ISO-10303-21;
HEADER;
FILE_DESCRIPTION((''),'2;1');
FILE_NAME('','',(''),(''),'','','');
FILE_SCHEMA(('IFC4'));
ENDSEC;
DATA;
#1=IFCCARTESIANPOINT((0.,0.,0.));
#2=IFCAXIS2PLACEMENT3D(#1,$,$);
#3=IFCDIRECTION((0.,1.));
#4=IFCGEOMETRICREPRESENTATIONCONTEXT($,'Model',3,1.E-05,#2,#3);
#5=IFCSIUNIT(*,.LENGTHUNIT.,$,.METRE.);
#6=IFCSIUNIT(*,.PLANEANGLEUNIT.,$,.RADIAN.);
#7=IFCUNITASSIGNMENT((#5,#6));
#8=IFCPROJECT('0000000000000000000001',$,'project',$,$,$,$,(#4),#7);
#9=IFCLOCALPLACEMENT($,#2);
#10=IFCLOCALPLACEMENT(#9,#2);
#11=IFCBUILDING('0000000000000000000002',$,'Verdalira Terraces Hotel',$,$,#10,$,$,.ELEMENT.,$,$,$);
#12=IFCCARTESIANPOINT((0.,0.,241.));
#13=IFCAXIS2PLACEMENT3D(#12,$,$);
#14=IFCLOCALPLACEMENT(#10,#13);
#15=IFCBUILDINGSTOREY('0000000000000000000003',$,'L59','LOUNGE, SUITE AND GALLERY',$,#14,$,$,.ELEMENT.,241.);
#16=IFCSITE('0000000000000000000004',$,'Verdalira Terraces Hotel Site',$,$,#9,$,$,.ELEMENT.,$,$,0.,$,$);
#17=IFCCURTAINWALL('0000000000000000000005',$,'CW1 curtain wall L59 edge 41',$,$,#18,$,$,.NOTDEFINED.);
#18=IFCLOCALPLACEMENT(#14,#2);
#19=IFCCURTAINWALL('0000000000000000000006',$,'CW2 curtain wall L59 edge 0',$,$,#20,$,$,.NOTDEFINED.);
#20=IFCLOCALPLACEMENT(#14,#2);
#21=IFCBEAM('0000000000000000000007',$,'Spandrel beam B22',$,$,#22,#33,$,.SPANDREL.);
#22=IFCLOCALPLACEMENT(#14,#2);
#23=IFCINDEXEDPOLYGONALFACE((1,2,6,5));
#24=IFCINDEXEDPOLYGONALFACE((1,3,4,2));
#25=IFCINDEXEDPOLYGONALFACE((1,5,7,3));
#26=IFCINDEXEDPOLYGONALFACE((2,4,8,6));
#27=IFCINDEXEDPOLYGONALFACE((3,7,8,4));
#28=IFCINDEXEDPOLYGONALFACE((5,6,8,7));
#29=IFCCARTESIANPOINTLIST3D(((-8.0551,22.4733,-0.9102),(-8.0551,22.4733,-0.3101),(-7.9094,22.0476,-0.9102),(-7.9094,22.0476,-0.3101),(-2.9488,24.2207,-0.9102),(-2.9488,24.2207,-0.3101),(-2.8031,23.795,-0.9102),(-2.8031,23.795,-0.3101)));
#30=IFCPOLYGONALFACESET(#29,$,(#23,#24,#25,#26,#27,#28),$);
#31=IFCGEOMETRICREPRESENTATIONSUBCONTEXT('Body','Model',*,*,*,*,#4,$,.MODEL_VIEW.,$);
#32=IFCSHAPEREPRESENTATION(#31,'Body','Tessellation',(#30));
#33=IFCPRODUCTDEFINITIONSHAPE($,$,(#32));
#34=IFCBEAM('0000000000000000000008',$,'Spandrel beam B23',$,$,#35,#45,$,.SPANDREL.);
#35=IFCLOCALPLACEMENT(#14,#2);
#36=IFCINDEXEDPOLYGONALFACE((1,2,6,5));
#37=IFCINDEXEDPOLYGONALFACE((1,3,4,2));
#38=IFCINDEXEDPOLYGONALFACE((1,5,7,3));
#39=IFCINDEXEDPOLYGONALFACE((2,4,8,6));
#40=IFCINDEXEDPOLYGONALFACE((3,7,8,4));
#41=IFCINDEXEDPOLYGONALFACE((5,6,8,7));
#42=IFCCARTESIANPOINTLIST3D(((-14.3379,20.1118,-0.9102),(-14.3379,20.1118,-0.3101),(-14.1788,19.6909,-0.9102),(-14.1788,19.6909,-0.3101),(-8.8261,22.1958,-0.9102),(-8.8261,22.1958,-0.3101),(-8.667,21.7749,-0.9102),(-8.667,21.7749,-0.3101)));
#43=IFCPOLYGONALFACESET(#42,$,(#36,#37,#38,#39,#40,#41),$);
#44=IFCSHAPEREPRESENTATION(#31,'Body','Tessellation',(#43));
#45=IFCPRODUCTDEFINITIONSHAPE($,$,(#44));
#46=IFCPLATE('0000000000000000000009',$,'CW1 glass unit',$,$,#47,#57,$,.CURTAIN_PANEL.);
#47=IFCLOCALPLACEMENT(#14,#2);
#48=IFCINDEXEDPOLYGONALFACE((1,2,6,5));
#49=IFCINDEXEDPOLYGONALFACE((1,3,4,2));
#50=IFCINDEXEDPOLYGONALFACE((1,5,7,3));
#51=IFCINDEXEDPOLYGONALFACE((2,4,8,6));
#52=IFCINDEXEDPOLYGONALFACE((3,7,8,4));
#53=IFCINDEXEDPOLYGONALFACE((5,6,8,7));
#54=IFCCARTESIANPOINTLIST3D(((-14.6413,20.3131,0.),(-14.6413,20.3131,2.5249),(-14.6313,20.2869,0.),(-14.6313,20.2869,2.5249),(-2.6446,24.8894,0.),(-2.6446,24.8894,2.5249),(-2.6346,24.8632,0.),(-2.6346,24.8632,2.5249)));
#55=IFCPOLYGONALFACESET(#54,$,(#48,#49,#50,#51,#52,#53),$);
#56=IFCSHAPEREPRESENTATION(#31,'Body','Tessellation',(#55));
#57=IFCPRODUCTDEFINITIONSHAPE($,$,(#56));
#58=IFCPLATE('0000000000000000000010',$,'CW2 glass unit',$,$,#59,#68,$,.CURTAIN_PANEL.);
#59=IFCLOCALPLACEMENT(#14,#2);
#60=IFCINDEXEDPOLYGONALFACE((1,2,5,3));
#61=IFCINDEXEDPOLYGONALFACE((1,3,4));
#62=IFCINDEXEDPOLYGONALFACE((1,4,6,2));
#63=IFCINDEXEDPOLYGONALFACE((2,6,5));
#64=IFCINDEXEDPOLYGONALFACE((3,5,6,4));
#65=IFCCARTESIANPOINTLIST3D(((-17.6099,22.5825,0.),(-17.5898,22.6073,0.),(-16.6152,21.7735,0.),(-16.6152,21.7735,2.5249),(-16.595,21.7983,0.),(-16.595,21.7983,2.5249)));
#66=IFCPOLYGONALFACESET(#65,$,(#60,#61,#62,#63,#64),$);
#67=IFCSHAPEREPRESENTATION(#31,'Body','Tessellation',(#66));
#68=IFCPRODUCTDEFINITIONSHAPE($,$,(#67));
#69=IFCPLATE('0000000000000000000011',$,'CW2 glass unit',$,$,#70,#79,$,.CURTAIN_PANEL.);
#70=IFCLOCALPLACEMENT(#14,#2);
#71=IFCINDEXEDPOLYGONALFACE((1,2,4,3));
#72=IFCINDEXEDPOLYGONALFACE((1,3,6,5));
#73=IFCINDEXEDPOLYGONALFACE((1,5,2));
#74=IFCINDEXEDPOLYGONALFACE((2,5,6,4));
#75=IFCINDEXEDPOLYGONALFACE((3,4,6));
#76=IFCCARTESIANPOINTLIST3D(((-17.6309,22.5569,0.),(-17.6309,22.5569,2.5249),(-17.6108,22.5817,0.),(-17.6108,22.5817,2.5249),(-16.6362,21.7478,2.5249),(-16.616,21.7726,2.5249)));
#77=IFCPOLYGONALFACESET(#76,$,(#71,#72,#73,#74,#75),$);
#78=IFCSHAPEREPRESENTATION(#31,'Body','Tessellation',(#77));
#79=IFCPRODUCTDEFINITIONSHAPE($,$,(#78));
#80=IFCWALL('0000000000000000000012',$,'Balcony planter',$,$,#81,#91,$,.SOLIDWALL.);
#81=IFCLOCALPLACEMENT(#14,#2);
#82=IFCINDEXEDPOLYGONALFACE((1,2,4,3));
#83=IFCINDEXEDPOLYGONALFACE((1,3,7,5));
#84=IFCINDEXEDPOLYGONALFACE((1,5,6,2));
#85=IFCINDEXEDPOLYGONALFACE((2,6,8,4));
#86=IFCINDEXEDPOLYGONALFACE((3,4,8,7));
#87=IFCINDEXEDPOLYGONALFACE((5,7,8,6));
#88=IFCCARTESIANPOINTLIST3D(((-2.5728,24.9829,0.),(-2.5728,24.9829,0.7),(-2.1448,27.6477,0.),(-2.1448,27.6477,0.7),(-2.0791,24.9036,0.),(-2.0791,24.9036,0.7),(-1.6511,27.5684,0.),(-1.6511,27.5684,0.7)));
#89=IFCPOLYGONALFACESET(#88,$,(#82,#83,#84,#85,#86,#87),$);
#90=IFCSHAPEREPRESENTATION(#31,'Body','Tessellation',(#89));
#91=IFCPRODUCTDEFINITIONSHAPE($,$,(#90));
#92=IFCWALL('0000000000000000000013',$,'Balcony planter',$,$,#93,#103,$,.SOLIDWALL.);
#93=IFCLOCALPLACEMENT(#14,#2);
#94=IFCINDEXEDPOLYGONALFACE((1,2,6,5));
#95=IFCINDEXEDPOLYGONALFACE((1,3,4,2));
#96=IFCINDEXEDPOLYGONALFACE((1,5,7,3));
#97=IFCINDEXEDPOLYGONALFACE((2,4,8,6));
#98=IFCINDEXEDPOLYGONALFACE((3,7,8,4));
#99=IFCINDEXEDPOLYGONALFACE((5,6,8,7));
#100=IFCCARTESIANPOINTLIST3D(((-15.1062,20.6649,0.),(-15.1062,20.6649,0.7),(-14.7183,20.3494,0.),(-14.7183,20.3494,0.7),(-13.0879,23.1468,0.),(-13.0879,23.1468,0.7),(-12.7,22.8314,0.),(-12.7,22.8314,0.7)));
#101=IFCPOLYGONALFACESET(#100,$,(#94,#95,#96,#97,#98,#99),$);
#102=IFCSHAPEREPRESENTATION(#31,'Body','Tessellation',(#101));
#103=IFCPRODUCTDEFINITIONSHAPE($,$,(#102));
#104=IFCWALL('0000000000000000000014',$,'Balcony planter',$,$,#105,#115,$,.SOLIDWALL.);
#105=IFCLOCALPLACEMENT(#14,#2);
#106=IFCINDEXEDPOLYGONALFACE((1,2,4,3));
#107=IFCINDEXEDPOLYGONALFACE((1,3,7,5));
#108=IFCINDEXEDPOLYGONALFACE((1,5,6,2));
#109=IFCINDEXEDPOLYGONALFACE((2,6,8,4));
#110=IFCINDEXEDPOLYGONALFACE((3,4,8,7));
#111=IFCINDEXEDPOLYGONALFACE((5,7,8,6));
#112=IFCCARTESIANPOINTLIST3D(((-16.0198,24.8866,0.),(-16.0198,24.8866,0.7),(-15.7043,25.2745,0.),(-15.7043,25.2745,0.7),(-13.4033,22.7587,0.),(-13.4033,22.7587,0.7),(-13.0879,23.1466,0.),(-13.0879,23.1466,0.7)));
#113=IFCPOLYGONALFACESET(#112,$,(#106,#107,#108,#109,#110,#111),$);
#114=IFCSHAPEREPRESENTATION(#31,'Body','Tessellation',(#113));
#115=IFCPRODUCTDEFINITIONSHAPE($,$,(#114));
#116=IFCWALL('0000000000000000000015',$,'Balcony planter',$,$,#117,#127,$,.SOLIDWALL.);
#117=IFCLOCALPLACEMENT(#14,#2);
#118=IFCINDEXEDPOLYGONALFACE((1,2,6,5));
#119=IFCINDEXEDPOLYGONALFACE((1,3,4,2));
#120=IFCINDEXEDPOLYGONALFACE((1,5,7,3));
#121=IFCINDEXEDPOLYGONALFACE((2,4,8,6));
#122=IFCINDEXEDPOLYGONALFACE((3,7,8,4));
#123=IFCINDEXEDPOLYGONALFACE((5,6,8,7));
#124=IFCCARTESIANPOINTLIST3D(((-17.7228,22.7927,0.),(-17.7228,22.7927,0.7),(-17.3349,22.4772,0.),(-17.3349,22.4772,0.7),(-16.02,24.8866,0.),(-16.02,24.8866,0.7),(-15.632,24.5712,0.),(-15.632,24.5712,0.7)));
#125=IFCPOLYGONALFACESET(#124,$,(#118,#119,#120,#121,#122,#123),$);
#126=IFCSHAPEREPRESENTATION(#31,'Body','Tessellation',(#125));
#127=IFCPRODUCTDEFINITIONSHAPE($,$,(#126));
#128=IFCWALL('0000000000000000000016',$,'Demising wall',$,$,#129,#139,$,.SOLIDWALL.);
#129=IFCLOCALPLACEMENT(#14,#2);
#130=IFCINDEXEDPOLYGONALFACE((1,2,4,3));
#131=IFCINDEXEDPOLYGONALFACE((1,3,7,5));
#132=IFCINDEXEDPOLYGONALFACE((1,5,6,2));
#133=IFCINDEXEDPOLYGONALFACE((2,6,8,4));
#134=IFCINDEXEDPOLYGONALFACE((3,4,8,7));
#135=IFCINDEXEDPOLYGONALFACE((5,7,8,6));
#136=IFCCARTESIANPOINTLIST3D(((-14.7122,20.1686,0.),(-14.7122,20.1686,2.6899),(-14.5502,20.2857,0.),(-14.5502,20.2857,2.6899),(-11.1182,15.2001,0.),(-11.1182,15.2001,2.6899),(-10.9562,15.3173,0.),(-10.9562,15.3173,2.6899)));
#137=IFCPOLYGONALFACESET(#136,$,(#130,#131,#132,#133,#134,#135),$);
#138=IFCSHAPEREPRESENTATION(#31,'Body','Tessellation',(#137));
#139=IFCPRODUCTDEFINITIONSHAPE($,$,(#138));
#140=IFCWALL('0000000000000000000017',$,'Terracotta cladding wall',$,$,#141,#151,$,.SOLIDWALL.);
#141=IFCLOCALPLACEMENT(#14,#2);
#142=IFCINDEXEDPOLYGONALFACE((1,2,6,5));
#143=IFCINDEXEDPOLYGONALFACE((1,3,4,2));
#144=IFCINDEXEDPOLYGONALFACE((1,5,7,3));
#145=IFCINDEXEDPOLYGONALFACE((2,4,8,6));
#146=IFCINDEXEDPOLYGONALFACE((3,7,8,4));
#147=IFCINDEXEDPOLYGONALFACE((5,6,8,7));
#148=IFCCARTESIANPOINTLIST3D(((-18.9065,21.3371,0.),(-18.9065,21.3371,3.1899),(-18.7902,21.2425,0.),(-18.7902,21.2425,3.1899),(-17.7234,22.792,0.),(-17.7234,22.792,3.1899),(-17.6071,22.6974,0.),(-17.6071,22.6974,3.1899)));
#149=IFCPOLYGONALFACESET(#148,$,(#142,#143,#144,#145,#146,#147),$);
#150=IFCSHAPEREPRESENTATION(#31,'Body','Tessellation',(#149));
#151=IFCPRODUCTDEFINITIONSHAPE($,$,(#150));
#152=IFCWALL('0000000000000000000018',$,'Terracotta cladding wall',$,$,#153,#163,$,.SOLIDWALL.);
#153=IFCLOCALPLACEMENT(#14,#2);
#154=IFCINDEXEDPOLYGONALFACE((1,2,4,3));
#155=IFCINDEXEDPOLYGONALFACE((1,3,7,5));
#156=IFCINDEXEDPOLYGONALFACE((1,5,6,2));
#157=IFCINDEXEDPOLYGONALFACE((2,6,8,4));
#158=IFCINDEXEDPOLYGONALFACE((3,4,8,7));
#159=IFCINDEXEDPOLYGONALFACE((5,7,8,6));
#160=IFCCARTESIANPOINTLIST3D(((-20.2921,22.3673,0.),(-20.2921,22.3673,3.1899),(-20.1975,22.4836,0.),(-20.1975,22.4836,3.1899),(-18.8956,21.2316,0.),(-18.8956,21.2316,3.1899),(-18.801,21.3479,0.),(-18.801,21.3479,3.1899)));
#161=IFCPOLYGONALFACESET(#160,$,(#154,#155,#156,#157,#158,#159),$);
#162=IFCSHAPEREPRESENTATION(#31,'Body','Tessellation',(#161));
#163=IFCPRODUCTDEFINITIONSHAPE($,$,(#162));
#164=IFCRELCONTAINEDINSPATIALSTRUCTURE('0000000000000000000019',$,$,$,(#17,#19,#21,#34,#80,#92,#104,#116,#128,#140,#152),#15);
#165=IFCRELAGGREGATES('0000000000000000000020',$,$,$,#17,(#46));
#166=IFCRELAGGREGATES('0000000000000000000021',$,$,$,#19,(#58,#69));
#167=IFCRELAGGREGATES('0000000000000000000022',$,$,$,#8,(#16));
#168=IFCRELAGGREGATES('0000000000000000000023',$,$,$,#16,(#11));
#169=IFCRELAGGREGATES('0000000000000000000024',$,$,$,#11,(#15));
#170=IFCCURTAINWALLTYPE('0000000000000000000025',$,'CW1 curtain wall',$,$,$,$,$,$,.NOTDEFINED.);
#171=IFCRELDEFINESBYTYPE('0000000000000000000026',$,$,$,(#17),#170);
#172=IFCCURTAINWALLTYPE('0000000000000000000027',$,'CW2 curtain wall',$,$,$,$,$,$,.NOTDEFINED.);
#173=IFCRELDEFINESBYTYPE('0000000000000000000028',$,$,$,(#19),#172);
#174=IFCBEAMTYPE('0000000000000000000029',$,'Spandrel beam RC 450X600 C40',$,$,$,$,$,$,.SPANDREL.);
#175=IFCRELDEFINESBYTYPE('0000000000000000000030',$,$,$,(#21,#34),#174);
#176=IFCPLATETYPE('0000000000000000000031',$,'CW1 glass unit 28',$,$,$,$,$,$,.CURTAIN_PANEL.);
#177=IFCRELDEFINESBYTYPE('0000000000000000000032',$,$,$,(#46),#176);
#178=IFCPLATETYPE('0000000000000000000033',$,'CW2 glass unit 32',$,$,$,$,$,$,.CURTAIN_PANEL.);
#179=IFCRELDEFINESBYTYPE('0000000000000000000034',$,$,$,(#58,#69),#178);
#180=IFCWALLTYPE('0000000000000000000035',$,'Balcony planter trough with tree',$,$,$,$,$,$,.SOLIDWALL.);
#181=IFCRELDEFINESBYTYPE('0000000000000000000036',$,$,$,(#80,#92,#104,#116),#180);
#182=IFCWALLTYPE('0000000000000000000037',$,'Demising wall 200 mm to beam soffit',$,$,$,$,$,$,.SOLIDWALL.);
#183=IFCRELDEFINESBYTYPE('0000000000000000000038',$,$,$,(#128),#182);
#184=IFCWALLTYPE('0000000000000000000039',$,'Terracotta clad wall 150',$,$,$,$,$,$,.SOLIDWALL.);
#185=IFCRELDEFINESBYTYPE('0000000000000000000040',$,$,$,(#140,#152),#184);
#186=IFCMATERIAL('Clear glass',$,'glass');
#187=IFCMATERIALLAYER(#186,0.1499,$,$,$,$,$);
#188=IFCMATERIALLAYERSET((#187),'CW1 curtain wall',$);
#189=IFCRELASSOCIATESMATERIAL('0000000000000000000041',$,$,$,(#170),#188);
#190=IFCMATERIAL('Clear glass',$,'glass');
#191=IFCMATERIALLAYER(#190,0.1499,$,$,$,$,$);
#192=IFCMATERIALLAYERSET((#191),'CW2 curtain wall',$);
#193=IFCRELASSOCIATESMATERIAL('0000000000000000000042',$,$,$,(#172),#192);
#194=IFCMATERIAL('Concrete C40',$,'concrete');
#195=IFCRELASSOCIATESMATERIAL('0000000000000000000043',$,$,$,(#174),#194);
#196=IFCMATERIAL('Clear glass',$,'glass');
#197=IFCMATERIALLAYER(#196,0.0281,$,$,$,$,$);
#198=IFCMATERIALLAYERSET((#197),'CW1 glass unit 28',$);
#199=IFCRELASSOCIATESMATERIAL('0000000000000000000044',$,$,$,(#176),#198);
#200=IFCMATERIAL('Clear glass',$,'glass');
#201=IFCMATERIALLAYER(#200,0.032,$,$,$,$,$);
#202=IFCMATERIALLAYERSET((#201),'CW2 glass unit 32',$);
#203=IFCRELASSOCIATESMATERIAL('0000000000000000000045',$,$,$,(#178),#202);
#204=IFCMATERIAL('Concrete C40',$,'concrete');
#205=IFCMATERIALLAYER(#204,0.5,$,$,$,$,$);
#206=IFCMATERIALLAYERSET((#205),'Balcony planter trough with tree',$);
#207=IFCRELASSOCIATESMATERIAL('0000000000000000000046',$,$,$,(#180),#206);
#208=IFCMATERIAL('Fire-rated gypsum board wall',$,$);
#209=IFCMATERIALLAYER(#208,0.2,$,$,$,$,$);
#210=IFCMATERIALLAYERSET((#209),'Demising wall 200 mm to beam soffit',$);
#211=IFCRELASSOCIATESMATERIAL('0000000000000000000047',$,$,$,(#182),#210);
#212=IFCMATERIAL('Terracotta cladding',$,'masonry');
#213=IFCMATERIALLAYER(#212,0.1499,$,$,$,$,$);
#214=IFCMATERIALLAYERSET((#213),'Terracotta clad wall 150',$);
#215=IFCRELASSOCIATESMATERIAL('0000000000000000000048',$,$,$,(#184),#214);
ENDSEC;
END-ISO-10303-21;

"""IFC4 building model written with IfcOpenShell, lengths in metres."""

from ifc_helpers import new_model, si_unit, direction, frame, frame_2d, origin, origin_2d, place, context, subcontext, project, spatial, polyline, rectangle, outline, extrude, material, layer, layer_set, material_profile, profile_set, type_object, element, aggregate, save


model = new_model("IFC4")

# Units and contexts
model_context = context("Model", 3, precision=1e-05, world=origin(), true_north=direction((0.0, 1.0)))
body_context = subcontext(model_context, "Body", "Model", "MODEL_VIEW")
ifc_project = project(units=[si_unit("LENGTHUNIT", "METRE"), si_unit("PLANEANGLEUNIT", "RADIAN")], contexts=[model_context])

# Site, building, storey
site_placement = place(None, origin())
site = spatial("IfcSite", under=ifc_project, at=site_placement, Name="Verdalira Terraces Hotel Site", CompositionType="ELEMENT", RefElevation=0.0)
building_placement = place(site_placement, origin())
building = spatial("IfcBuilding", under=site, at=building_placement, Name="Verdalira Terraces Hotel", CompositionType="ELEMENT")
storey_placement = place(building_placement, frame((0.0, 0.0, 241.0)))
storey = spatial("IfcBuildingStorey", under=building, at=storey_placement, Name="L59", Description="LOUNGE, SUITE AND GALLERY", CompositionType="ELEMENT", Elevation=241.0)

# Shared definitions
ifc_material_1 = material(Name="Clear glass", Category="glass")
ifc_layer_1 = layer(ifc_material_1, 0.1499)
ifc_layer_set_1 = layer_set([ifc_layer_1], Name="CW1 curtain wall")
curtain_wall_type_1 = type_object("IfcCurtainWallType", Name="CW1 curtain wall", PredefinedType="NOTDEFINED", material=ifc_layer_set_1)

# Curtain walls
curtain_wall_1_placement = place(storey_placement, origin())
curtain_wall_1 = element("IfcCurtainWall", 1, at=curtain_wall_1_placement, inside=storey, type_object=curtain_wall_type_1, Name="CW1 curtain wall L59 edge 41", PredefinedType="NOTDEFINED")
ifc_material_2 = material(Name="Clear glass", Category="glass")
ifc_layer_2 = layer(ifc_material_2, 0.1499)
ifc_layer_set_2 = layer_set([ifc_layer_2], Name="CW2 curtain wall")
curtain_wall_type_2 = type_object("IfcCurtainWallType", Name="CW2 curtain wall", PredefinedType="NOTDEFINED", material=ifc_layer_set_2)
curtain_wall_2_placement = place(storey_placement, origin())
curtain_wall_2 = element("IfcCurtainWall", 2, at=curtain_wall_2_placement, inside=storey, type_object=curtain_wall_type_2, Name="CW2 curtain wall L59 edge 0", PredefinedType="NOTDEFINED")

# Beams
ifc_material_3 = material(Name="Concrete C40", Category="concrete")
ifc_material_profile_1 = material_profile(ifc_material_3, rectangle(XDim=0.45, YDim=0.6001, at=origin_2d()), Name="RC 450X600")
ifc_profile_set_1 = profile_set([ifc_material_profile_1], Name="Concrete C40")
beam_type_1 = type_object("IfcBeamType", Name="Spandrel beam RC 450X600 C40", PredefinedType="SPANDREL", material=ifc_profile_set_1)
beam_1_placement = place(storey_placement, frame((-2.876, 24.0078, -0.6101), z_axis=(-0.946138, -0.323763, 0.0), x_axis=(0.323763, -0.946138, 0.0)))
element("IfcBeam", 3, at=beam_1_placement, inside=storey, type_object=beam_type_1, Name="Spandrel beam B22", PredefinedType="SPANDREL", context=body_context, shape_type="SweptSolid", body=[
    extrude(rectangle(XDim=0.45, YDim=0.6001, at=origin_2d()), origin(), (0.0, 0.0, 1.0), 5.397),
])
beam_2_placement = place(storey_placement, frame((-8.7466, 21.9854, -0.6101), z_axis=(-0.935372, -0.353665, 0.0), x_axis=(0.353665, -0.935372, 0.0)))
element("IfcBeam", 4, at=beam_2_placement, inside=storey, type_object=beam_type_1, Name="Spandrel beam B23", PredefinedType="SPANDREL", context=body_context, shape_type="SweptSolid", body=[
    extrude(rectangle(XDim=0.45, YDim=0.6001, at=origin_2d()), origin(), (0.0, 0.0, 1.0), 5.8926),
])

# Plates
ifc_material_4 = material(Name="Clear glass", Category="glass")
ifc_layer_3 = layer(ifc_material_4, 0.0281)
ifc_layer_set_3 = layer_set([ifc_layer_3], Name="CW1 glass unit 28")
plate_type_1 = type_object("IfcPlateType", Name="CW1 glass unit 28", PredefinedType="CURTAIN_PANEL", material=ifc_layer_set_3)
plate_1_placement = place(storey_placement, frame((-8.6379, 22.5881, 0.0), z_axis=(0.0, 0.0, 1.0), x_axis=(-0.934329, -0.356412, 0.0)))
plate_1 = element("IfcPlate", 5, at=plate_1_placement, type_object=plate_type_1, Name="CW1 glass unit", PredefinedType="CURTAIN_PANEL", context=body_context, shape_type="SweptSolid", body=[
    extrude(rectangle(XDim=12.8398, YDim=0.0281, at=origin_2d()), origin(), (0.0, 0.0, 1.0), 2.5249),
])
aggregate(curtain_wall_1, [plate_1])
ifc_material_5 = material(Name="Clear glass", Category="glass")
ifc_layer_4 = layer(ifc_material_5, 0.032)
ifc_layer_set_4 = layer_set([ifc_layer_4], Name="CW2 glass unit 32")
plate_type_2 = type_object("IfcPlateType", Name="CW2 glass unit 32", PredefinedType="CURTAIN_PANEL", material=ifc_layer_set_4)
plate_2_placement = place(storey_placement, frame((-17.1125, 22.178, 1.2625), z_axis=(0.630947, 0.775826, 0.0), x_axis=(-0.775826, 0.630947, 0.0)))
plate_2 = element("IfcPlate", 6, at=plate_2_placement, type_object=plate_type_2, Name="CW2 glass unit", PredefinedType="CURTAIN_PANEL", context=body_context, shape_type="SweptSolid", body=[
    extrude(outline(polyline([(-0.6411, -1.2625), (0.6411, -1.2625), (-0.6411, 1.2625), (-0.6411, -1.2625)])), origin(), (0.0, 0.0, 1.0), 0.032),
])
plate_3_placement = place(storey_placement, frame((-17.1335, 22.1523, 1.2625), z_axis=(0.630947, 0.775826, 0.0), x_axis=(-0.775826, 0.630947, 0.0)))
plate_3 = element("IfcPlate", 7, at=plate_3_placement, type_object=plate_type_2, Name="CW2 glass unit", PredefinedType="CURTAIN_PANEL", context=body_context, shape_type="SweptSolid", body=[
    extrude(outline(polyline([(0.6411, -1.2625), (0.6411, 1.2625), (-0.6411, 1.2625), (0.6411, -1.2625)])), origin(), (0.0, 0.0, 1.0), 0.032),
])
aggregate(curtain_wall_2, [plate_2, plate_3])

# Walls
ifc_material_6 = material(Name="Concrete C40", Category="concrete")
ifc_layer_5 = layer(ifc_material_6, 0.5)
ifc_layer_set_5 = layer_set([ifc_layer_5], Name="Balcony planter trough with tree")
wall_type_1 = type_object("IfcWallType", Name="Balcony planter trough with tree", PredefinedType="SOLIDWALL", material=ifc_layer_set_5)
wall_1_placement = place(storey_placement, frame((-1.8979, 27.6082, 0.0), z_axis=(0.0, 0.0, 1.0), x_axis=(-0.158573, -0.987347, 0.0)))
element("IfcWall", 8, at=wall_1_placement, inside=storey, type_object=wall_type_1, Name="Balcony planter", PredefinedType="SOLIDWALL", context=body_context, shape_type="SweptSolid", body=[
    extrude(rectangle(XDim=2.699, YDim=0.5, at=frame_2d((1.3496, 0.0))), origin(), (0.0, 0.0, 1.0), 0.7),
])
wall_2_placement = place(storey_placement, frame((-14.9124, 20.5071, 0.0), z_axis=(0.0, 0.0, 1.0), x_axis=(0.63092, 0.775848, 0.0)))
element("IfcWall", 9, at=wall_2_placement, inside=storey, type_object=wall_type_1, Name="Balcony planter", PredefinedType="SOLIDWALL", context=body_context, shape_type="SweptSolid", body=[
    extrude(rectangle(XDim=3.199, YDim=0.5, at=frame_2d((1.5996, 0.0))), origin(), (0.0, 0.0, 1.0), 0.7),
])
wall_3_placement = place(storey_placement, frame((-13.2456, 22.9526, 0.0), z_axis=(0.0, 0.0, 1.0), x_axis=(-0.775815, 0.63096, 0.0)))
element("IfcWall", 10, at=wall_3_placement, inside=storey, type_object=wall_type_1, Name="Balcony planter", PredefinedType="SOLIDWALL", context=body_context, shape_type="SweptSolid", body=[
    extrude(rectangle(XDim=3.3726, YDim=0.5, at=frame_2d((1.6863, 0.0))), origin(), (0.0, 0.0, 1.0), 0.7),
])
wall_4_placement = place(storey_placement, frame((-15.8259, 24.729, 0.0), z_axis=(0.0, 0.0, 1.0), x_axis=(-0.63093, -0.77584, 0.0)))
element("IfcWall", 11, at=wall_4_placement, inside=storey, type_object=wall_type_1, Name="Balcony planter", PredefinedType="SOLIDWALL", context=body_context, shape_type="SweptSolid", body=[
    extrude(rectangle(XDim=2.699, YDim=0.5, at=frame_2d((1.3496, 0.0))), origin(), (0.0, 0.0, 1.0), 0.7),
])
ifc_material_7 = material(Name="Fire-rated gypsum board wall")
ifc_layer_6 = layer(ifc_material_7, 0.2)
ifc_layer_set_6 = layer_set([ifc_layer_6], Name="Demising wall 200 mm to beam soffit")
wall_type_2 = type_object("IfcWallType", Name="Demising wall 200 mm to beam soffit", PredefinedType="SOLIDWALL", material=ifc_layer_set_6)
wall_5_placement = place(storey_placement, frame((-14.6311, 20.2271, 0.0), z_axis=(0.0, 0.0, 1.0), x_axis=(0.586094, -0.810243, 0.0)))
element("IfcWall", 12, at=wall_5_placement, inside=storey, type_object=wall_type_2, Name="Demising wall", PredefinedType="SOLIDWALL", context=body_context, shape_type="SweptSolid", body=[
    extrude(rectangle(XDim=6.1321, YDim=0.2, at=frame_2d((3.0659, 0.0))), origin(), (0.0, 0.0, 1.0), 2.6899),
])
ifc_material_8 = material(Name="Terracotta cladding", Category="masonry")
ifc_layer_7 = layer(ifc_material_8, 0.1499)
ifc_layer_set_7 = layer_set([ifc_layer_7], Name="Terracotta clad wall 150")
wall_type_3 = type_object("IfcWallType", Name="Terracotta clad wall 150", PredefinedType="SOLIDWALL", material=ifc_layer_set_7)
wall_6_placement = place(storey_placement, frame((-17.6653, 22.7446, 0.0), z_axis=(0.0, 0.0, 1.0), x_axis=(-0.630931, -0.775839, 0.0)))
element("IfcWall", 13, at=wall_6_placement, inside=storey, type_object=wall_type_3, Name="Terracotta cladding wall", PredefinedType="SOLIDWALL", context=body_context, shape_type="SweptSolid", body=[
    extrude(rectangle(XDim=1.8752, YDim=0.1499, at=frame_2d((0.9375, 0.0))), origin(), (0.0, 0.0, 1.0), 3.1899),
])
wall_7_placement = place(storey_placement, frame((-18.8484, 21.2898, 0.0), z_axis=(0.0, 0.0, 1.0), x_axis=(-0.775815, 0.63096, 0.0)))
element("IfcWall", 14, at=wall_7_placement, inside=storey, type_object=wall_type_3, Name="Terracotta cladding wall", PredefinedType="SOLIDWALL", context=body_context, shape_type="SweptSolid", body=[
    extrude(rectangle(XDim=1.8, YDim=0.1499, at=frame_2d((0.8999, 0.0))), origin(), (0.0, 0.0, 1.0), 3.1899),
])

save(model, "model.ifc")
